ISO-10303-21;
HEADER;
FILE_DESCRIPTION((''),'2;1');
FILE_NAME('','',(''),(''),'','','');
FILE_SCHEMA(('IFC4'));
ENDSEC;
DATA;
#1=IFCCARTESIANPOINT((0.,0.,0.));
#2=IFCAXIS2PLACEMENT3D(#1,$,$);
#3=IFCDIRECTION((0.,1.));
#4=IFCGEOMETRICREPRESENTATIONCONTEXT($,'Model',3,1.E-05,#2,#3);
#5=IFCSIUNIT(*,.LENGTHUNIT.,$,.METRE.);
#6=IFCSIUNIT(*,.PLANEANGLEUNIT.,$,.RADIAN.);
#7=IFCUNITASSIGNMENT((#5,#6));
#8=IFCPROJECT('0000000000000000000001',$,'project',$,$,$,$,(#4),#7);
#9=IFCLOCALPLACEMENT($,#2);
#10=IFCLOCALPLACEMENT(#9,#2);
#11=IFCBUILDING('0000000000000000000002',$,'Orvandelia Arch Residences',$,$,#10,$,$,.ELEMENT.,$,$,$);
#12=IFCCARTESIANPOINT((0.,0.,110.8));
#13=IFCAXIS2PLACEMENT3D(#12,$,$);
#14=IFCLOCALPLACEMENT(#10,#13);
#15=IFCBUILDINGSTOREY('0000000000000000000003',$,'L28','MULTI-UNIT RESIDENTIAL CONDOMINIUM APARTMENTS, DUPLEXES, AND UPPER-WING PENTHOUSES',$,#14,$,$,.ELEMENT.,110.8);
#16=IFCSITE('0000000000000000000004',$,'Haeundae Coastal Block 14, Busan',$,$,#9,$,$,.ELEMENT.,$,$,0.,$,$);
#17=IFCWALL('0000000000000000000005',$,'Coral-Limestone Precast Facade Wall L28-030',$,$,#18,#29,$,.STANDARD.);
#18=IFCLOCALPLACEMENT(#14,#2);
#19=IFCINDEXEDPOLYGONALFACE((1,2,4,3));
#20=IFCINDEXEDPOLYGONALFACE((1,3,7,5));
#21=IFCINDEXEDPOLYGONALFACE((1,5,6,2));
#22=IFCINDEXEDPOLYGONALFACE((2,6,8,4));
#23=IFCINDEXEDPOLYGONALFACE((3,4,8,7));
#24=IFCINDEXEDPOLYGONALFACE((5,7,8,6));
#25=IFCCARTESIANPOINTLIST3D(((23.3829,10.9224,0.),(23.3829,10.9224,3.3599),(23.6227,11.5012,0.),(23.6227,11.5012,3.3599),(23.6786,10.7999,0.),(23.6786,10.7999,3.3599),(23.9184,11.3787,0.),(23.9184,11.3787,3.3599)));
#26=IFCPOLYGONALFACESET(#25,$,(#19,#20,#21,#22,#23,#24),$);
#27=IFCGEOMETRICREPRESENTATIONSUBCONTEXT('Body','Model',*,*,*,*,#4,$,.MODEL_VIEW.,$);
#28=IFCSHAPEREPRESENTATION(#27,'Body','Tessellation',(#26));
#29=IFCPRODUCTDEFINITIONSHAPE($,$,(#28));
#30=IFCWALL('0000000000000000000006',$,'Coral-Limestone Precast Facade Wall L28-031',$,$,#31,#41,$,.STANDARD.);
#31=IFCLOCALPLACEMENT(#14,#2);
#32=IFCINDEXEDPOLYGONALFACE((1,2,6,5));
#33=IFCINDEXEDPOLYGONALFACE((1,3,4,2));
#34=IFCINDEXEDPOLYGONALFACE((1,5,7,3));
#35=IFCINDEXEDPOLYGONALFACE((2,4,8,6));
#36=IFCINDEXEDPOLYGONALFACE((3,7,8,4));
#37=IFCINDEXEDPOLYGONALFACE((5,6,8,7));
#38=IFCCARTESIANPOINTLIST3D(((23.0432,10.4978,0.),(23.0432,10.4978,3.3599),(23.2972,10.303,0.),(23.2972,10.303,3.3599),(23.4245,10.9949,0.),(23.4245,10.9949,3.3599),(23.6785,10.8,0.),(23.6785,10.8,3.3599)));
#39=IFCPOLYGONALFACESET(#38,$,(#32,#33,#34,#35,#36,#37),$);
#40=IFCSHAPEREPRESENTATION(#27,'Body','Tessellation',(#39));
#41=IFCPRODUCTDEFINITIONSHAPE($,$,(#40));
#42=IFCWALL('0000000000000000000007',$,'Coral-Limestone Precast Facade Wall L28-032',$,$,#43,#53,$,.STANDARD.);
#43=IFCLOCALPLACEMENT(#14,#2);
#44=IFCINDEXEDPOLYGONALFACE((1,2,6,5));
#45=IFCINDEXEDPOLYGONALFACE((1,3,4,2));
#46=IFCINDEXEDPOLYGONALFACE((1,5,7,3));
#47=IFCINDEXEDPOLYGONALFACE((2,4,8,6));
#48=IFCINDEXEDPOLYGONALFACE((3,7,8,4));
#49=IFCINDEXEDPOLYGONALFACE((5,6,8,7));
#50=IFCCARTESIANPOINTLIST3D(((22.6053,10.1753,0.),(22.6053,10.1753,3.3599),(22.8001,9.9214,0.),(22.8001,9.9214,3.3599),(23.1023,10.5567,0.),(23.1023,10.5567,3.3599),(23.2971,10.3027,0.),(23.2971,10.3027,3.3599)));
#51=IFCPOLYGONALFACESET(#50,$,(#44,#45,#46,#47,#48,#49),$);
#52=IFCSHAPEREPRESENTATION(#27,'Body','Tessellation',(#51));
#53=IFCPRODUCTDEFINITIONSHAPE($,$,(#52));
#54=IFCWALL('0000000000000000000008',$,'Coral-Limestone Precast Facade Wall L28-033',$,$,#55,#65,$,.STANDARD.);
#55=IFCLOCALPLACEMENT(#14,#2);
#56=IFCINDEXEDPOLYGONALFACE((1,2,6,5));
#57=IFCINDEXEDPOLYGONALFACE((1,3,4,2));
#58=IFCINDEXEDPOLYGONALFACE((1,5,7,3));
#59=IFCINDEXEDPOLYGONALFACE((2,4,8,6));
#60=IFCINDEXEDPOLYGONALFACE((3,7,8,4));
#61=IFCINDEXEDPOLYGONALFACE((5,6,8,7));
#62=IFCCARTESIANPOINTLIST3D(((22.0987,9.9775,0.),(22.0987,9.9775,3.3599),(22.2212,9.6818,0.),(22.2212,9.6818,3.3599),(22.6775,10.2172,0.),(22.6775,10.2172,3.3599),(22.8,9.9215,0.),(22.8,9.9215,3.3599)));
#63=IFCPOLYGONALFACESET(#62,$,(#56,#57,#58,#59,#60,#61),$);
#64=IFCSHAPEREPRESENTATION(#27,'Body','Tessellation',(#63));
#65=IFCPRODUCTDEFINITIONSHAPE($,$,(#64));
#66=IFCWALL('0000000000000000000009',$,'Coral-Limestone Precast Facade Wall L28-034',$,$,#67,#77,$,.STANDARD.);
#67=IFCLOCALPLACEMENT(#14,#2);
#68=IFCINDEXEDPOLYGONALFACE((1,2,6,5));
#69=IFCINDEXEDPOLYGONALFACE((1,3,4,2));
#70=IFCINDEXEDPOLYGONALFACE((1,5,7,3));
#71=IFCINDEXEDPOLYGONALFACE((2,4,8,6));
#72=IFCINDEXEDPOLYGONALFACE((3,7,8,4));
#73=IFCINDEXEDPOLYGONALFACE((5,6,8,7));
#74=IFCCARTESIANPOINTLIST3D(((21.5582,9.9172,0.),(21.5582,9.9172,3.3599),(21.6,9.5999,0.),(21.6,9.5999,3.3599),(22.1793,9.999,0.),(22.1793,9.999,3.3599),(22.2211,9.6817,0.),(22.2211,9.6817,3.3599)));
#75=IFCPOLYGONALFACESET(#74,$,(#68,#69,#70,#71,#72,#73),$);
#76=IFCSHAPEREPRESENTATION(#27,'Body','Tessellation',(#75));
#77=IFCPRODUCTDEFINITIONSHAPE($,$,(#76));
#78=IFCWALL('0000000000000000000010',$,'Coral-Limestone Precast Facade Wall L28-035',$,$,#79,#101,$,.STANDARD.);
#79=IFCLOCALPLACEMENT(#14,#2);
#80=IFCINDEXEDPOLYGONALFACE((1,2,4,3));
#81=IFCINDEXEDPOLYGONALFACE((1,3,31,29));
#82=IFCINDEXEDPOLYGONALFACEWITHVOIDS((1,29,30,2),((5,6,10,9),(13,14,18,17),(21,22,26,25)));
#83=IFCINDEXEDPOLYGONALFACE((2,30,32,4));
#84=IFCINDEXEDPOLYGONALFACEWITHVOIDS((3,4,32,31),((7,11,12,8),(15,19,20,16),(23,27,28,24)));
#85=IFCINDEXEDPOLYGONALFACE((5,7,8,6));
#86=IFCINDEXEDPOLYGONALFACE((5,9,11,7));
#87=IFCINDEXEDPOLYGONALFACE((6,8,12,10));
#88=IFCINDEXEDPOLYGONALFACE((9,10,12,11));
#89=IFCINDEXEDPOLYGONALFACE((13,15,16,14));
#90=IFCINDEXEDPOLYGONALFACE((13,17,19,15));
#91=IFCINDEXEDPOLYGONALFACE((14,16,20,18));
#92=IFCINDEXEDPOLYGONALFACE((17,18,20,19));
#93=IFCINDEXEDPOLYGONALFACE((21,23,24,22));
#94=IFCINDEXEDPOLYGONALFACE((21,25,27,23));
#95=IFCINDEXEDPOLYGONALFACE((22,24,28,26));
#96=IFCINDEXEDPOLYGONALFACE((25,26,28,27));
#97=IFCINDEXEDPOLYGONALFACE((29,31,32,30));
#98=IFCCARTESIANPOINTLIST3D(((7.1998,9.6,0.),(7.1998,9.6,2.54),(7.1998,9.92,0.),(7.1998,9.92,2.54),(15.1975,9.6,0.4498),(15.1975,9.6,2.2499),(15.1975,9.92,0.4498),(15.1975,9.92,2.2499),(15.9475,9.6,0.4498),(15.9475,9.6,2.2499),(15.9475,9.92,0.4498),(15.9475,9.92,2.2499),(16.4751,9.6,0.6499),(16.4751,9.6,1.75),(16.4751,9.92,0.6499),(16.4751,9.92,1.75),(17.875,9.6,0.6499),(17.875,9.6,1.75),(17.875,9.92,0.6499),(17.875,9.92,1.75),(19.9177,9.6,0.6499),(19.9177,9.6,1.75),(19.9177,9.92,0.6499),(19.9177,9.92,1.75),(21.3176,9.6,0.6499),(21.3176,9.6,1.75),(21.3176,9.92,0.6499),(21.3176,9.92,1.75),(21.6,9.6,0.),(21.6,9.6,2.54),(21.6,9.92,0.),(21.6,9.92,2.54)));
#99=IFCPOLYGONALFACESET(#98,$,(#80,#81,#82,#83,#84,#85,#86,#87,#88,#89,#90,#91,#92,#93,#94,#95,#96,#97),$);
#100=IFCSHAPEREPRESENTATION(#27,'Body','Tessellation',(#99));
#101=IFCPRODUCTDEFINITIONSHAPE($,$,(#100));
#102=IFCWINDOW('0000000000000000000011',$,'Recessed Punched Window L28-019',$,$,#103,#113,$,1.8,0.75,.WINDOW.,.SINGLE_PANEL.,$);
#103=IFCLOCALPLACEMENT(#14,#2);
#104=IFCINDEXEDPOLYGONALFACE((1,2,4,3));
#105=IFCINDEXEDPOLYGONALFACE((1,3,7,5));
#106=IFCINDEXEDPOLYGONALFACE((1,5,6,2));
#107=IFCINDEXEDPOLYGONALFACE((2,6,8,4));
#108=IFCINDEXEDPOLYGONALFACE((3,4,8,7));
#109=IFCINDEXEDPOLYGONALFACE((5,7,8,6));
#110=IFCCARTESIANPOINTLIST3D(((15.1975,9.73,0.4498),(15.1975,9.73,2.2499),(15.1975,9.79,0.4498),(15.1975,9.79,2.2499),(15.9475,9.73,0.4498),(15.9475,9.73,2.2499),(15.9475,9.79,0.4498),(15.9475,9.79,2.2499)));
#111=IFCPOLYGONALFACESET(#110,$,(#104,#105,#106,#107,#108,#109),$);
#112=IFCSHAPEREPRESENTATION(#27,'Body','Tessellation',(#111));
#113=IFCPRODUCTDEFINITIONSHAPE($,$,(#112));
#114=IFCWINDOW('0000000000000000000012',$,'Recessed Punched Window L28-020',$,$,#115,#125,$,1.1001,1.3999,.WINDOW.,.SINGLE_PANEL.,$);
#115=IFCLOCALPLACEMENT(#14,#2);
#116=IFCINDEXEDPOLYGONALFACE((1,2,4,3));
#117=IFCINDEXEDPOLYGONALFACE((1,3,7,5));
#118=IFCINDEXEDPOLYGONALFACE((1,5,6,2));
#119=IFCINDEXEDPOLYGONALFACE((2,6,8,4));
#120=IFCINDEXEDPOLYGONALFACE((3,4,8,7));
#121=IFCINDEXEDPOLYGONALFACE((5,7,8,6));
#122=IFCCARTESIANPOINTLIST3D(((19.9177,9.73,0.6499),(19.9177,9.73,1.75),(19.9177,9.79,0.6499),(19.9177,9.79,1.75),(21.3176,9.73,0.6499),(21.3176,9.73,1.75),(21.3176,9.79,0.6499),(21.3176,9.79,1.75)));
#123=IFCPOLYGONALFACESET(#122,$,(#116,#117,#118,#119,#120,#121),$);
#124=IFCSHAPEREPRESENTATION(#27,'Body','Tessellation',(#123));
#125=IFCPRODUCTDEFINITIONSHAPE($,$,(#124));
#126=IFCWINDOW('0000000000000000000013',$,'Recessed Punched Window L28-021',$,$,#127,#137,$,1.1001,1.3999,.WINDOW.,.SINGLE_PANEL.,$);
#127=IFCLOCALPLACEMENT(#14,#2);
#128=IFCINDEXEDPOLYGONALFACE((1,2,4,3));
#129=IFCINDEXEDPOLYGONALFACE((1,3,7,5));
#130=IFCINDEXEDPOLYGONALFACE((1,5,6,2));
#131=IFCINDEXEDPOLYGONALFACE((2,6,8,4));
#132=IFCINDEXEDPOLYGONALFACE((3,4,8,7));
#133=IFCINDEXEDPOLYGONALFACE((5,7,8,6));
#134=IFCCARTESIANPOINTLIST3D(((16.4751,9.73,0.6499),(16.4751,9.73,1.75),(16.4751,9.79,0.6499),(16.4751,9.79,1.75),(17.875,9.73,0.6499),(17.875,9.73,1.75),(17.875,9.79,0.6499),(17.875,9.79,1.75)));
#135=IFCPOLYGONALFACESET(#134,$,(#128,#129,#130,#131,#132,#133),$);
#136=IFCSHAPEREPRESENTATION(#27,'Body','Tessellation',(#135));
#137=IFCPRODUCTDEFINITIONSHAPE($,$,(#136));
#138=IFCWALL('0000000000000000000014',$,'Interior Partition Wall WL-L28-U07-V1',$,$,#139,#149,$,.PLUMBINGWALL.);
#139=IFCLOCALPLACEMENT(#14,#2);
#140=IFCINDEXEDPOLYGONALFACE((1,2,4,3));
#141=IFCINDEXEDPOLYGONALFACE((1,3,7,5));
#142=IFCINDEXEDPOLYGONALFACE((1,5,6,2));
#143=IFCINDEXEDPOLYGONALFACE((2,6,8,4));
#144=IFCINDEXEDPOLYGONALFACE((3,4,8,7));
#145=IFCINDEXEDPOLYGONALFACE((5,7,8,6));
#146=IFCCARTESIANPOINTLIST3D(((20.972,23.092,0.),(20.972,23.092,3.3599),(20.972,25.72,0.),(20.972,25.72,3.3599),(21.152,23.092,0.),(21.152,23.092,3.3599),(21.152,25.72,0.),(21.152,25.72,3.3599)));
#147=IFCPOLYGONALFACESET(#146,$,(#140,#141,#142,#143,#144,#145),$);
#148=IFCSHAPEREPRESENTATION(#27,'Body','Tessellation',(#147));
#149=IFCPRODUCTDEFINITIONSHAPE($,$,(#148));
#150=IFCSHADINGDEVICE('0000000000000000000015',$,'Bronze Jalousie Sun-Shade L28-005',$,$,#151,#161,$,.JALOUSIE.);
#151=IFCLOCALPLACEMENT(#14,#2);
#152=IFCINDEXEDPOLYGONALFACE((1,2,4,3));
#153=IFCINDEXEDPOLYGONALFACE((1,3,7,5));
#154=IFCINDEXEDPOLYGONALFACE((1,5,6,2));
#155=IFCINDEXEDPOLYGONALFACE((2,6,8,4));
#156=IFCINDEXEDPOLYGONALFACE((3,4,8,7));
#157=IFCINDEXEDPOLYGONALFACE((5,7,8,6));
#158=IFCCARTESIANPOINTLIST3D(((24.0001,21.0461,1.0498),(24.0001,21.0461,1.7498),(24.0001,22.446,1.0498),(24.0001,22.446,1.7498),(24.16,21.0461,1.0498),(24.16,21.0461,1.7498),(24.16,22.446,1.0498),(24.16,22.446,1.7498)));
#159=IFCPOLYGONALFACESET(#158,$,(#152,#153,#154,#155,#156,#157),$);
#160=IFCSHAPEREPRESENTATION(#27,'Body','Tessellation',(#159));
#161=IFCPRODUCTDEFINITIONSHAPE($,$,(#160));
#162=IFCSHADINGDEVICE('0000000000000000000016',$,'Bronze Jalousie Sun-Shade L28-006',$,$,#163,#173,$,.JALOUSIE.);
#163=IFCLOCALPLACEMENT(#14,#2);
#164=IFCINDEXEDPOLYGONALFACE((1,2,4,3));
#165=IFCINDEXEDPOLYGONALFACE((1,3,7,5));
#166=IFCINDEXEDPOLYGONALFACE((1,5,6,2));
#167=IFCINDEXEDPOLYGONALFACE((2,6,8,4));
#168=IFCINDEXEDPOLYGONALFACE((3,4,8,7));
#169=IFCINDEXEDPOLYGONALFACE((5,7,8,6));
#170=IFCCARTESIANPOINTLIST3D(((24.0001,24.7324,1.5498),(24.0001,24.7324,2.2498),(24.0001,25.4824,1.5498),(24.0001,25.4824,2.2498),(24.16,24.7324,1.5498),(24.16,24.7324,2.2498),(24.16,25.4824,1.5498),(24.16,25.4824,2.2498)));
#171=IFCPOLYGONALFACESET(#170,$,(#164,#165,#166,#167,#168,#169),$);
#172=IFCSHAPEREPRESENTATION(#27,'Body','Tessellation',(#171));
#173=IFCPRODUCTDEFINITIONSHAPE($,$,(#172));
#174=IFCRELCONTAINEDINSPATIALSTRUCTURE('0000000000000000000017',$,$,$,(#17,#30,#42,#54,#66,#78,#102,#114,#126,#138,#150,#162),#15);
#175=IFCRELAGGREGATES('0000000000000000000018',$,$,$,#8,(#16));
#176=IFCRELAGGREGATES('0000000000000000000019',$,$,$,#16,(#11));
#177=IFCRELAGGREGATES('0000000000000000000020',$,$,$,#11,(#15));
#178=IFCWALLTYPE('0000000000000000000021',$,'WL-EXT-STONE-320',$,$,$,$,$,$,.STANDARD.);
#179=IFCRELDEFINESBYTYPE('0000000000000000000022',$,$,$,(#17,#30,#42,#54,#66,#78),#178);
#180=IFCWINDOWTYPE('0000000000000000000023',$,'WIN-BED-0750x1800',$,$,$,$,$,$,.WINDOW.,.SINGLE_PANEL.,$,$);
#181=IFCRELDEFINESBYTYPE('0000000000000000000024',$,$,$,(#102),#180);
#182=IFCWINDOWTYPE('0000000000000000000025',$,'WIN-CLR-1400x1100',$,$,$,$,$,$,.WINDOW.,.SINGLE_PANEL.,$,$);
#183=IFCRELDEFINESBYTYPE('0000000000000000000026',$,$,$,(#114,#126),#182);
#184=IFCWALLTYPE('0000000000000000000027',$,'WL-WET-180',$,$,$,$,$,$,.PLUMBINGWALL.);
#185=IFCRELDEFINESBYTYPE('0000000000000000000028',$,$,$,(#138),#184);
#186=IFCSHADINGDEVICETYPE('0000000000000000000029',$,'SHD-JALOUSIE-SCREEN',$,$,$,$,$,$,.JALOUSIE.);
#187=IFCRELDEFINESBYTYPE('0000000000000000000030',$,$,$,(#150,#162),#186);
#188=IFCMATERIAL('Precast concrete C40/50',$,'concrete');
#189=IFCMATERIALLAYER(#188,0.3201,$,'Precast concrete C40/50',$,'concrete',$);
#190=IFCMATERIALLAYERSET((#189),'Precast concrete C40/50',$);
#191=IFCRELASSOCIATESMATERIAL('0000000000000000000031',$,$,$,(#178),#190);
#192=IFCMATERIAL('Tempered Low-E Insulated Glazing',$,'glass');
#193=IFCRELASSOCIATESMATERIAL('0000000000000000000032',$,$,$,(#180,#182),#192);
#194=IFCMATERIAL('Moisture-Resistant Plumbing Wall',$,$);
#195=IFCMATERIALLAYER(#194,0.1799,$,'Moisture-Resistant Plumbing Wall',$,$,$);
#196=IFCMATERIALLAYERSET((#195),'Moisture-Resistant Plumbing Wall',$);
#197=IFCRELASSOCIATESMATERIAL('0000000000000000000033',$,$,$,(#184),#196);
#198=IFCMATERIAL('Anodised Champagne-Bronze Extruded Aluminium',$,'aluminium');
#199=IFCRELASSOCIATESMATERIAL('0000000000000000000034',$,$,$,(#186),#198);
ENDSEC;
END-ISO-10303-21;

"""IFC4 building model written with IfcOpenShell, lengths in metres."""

from ifc_helpers import new_model, si_unit, direction, frame, frame_2d, origin, origin_2d, place, context, subcontext, project, spatial, rectangle, extrude, material, layer, layer_set, type_object, element, fill, save


model = new_model("IFC4")

# Units and contexts
model_context = context("Model", 3, precision=1e-05, world=origin(), true_north=direction((0.0, 1.0)))
body_context = subcontext(model_context, "Body", "Model", "MODEL_VIEW")
ifc_project = project(units=[si_unit("LENGTHUNIT", "METRE"), si_unit("PLANEANGLEUNIT", "RADIAN")], contexts=[model_context])

# Site, building, storey
site_placement = place(None, origin())
site = spatial("IfcSite", under=ifc_project, at=site_placement, Name="Haeundae Coastal Block 14, Busan", CompositionType="ELEMENT", RefElevation=0.0)
building_placement = place(site_placement, origin())
building = spatial("IfcBuilding", under=site, at=building_placement, Name="Orvandelia Arch Residences", CompositionType="ELEMENT")
storey_placement = place(building_placement, frame((0.0, 0.0, 110.8)))
storey = spatial("IfcBuildingStorey", under=building, at=storey_placement, Name="L28", Description="MULTI-UNIT RESIDENTIAL CONDOMINIUM APARTMENTS, DUPLEXES, AND UPPER-WING PENTHOUSES", CompositionType="ELEMENT", Elevation=110.8)

# Walls
ifc_material_1 = material(Name="Precast concrete C40/50", Category="concrete")
ifc_layer_1 = layer(ifc_material_1, 0.3201, Name="Precast concrete C40/50", Category="concrete")
ifc_layer_set_1 = layer_set([ifc_layer_1], Name="Precast concrete C40/50")
wall_type_1 = type_object("IfcWallType", Name="WL-EXT-STONE-320", PredefinedType="STANDARD", material=ifc_layer_set_1)
for number, where, z_axis, x_axis, name in (
    (1, (23.7705, 11.4399, 0.0), (0.0, 0.0, 1.0), (-0.38265, -0.923893, 0.0), "Coral-Limestone Precast Facade Wall L28-030"),
    (2, (23.5515, 10.8975, 0.0), (0.0, 0.0, 1.0), (-0.608693, -0.793406, 0.0), "Coral-Limestone Precast Facade Wall L28-031"),
    (3, (23.1997, 10.4297, 0.0), (0.0, 0.0, 1.0), (-0.793406, -0.608693, 0.0), "Coral-Limestone Precast Facade Wall L28-032"),
    (4, (22.7388, 10.0693, 0.0), (0.0, 0.0, 1.0), (-0.923893, -0.38265, 0.0), "Coral-Limestone Precast Facade Wall L28-033"),
    (5, (22.2002, 9.8403, 0.0), (0.0, 0.0, 1.0), (-0.991441, -0.130555, 0.0), "Coral-Limestone Precast Facade Wall L28-034"),
):
    element("IfcWall", number, at=place(storey_placement, frame(where, z_axis=z_axis, x_axis=x_axis)), inside=storey, type_object=wall_type_1, Name=name, PredefinedType="STANDARD", context=body_context, shape_type="SweptSolid", body=[
        extrude(rectangle(XDim=0.6265, YDim=0.3201, at=frame_2d((0.3132, 0.0))), origin(), (0.0, 0.0, 1.0), 3.3599),
    ])

# Wall, openings, windows
wall_1_placement = place(storey_placement, frame((21.6001, 9.76, 0.0), z_axis=(0.0, 0.0, 1.0), x_axis=(-1.0, 0.0, 0.0)))
wall_1 = element("IfcWall", 6, at=wall_1_placement, inside=storey, type_object=wall_type_1, Name="Coral-Limestone Precast Facade Wall L28-035", PredefinedType="STANDARD", context=body_context, shape_type="SweptSolid", body=[
    extrude(rectangle(XDim=14.4001, YDim=0.3201, at=frame_2d((7.2002, 0.0))), origin(), (0.0, 0.0, 1.0), 2.54),
])
opening_1_placement = place(wall_1_placement, frame((5.6526, 0.0, 0.45)))
opening_1 = element("IfcOpeningElement", 7, at=opening_1_placement, cuts=wall_1, PredefinedType="OPENING", context=body_context, shape_type="SweptSolid", body=[
    extrude(rectangle(XDim=0.75, YDim=1.8, at=frame_2d((0.375, 0.8999))), frame((0.0, 0.1699, 0.0), z_axis=(0.0, -1.0, 0.0), x_axis=(1.0, 0.0, 0.0)), (0.0, 0.0, 1.0), 0.3401),
])
opening_2_placement = place(wall_1_placement, frame((0.2825, 0.0, 0.6499)))
opening_2 = element("IfcOpeningElement", 8, at=opening_2_placement, cuts=wall_1, PredefinedType="OPENING", context=body_context, shape_type="SweptSolid", body=[
    extrude(rectangle(XDim=1.3999, YDim=1.1001, at=frame_2d((0.7, 0.55))), frame((0.0, 0.1699, 0.0), z_axis=(0.0, -1.0, 0.0), x_axis=(1.0, 0.0, 0.0)), (0.0, 0.0, 1.0), 0.3401),
])
opening_3_placement = place(wall_1_placement, frame((3.7251, 0.0, 0.6499)))
opening_3 = element("IfcOpeningElement", 9, at=opening_3_placement, cuts=wall_1, PredefinedType="OPENING", context=body_context, shape_type="SweptSolid", body=[
    extrude(rectangle(XDim=1.3999, YDim=1.1001, at=frame_2d((0.7, 0.55))), frame((0.0, 0.1699, 0.0), z_axis=(0.0, -1.0, 0.0), x_axis=(1.0, 0.0, 0.0)), (0.0, 0.0, 1.0), 0.3401),
])
ifc_material_2 = material(Name="Tempered Low-E Insulated Glazing", Category="glass")
window_type_1 = type_object("IfcWindowType", Name="WIN-BED-0750x1800", PartitioningType="SINGLE_PANEL", PredefinedType="WINDOW", material=ifc_material_2)
window_1_placement = place(opening_1_placement, origin())
window_1 = element("IfcWindow", 10, at=window_1_placement, inside=storey, type_object=window_type_1, Name="Recessed Punched Window L28-019", OverallHeight=1.8, OverallWidth=0.75, PartitioningType="SINGLE_PANEL", PredefinedType="WINDOW", context=body_context, shape_type="SweptSolid", body=[
    extrude(rectangle(XDim=0.75, YDim=1.8, at=frame_2d((0.375, 0.8999))), frame((0.0, 0.03, 0.0), z_axis=(0.0, -1.0, 0.0), x_axis=(1.0, 0.0, 0.0)), (0.0, 0.0, 1.0), 0.0601),
])
fill(opening_1, window_1)
window_type_2 = type_object("IfcWindowType", Name="WIN-CLR-1400x1100", PartitioningType="SINGLE_PANEL", PredefinedType="WINDOW", material=ifc_material_2)
window_2_placement = place(opening_2_placement, origin())
window_2 = element("IfcWindow", 11, at=window_2_placement, inside=storey, type_object=window_type_2, Name="Recessed Punched Window L28-020", OverallHeight=1.1001, OverallWidth=1.3999, PartitioningType="SINGLE_PANEL", PredefinedType="WINDOW", context=body_context, shape_type="SweptSolid", body=[
    extrude(rectangle(XDim=1.3999, YDim=1.1001, at=frame_2d((0.7, 0.55))), frame((0.0, 0.03, 0.0), z_axis=(0.0, -1.0, 0.0), x_axis=(1.0, 0.0, 0.0)), (0.0, 0.0, 1.0), 0.0601),
])
fill(opening_2, window_2)
window_3_placement = place(opening_3_placement, origin())
window_3 = element("IfcWindow", 12, at=window_3_placement, inside=storey, type_object=window_type_2, Name="Recessed Punched Window L28-021", OverallHeight=1.1001, OverallWidth=1.3999, PartitioningType="SINGLE_PANEL", PredefinedType="WINDOW", context=body_context, shape_type="SweptSolid", body=[
    extrude(rectangle(XDim=1.3999, YDim=1.1001, at=frame_2d((0.7, 0.55))), frame((0.0, 0.03, 0.0), z_axis=(0.0, -1.0, 0.0), x_axis=(1.0, 0.0, 0.0)), (0.0, 0.0, 1.0), 0.0601),
])
fill(opening_3, window_3)

# Wall
ifc_material_3 = material(Name="Moisture-Resistant Plumbing Wall")
ifc_layer_2 = layer(ifc_material_3, 0.1799, Name="Moisture-Resistant Plumbing Wall")
ifc_layer_set_2 = layer_set([ifc_layer_2], Name="Moisture-Resistant Plumbing Wall")
wall_type_2 = type_object("IfcWallType", Name="WL-WET-180", PredefinedType="PLUMBINGWALL", material=ifc_layer_set_2)
wall_2_placement = place(storey_placement, frame((21.062, 23.092, 0.0), z_axis=(0.0, 0.0, 1.0), x_axis=(0.0, 1.0, 0.0)))
element("IfcWall", 13, at=wall_2_placement, inside=storey, type_object=wall_type_2, Name="Interior Partition Wall WL-L28-U07-V1", PredefinedType="PLUMBINGWALL", context=body_context, shape_type="SweptSolid", body=[
    extrude(rectangle(XDim=2.6279, YDim=0.1799, at=frame_2d((1.314, 0.0))), origin(), (0.0, 0.0, 1.0), 3.3599),
])

# Shading devices
ifc_material_4 = material(Name="Anodised Champagne-Bronze Extruded Aluminium", Category="aluminium")
shading_device_type = type_object("IfcShadingDeviceType", Name="SHD-JALOUSIE-SCREEN", PredefinedType="JALOUSIE", material=ifc_material_4)
shading_device_1_placement = place(storey_placement, frame((24.0801, 21.7461, 1.0498), z_axis=(0.0, 0.0, 1.0), x_axis=(0.0, -1.0, 0.0)))
element("IfcShadingDevice", 14, at=shading_device_1_placement, inside=storey, type_object=shading_device_type, Name="Bronze Jalousie Sun-Shade L28-005", PredefinedType="JALOUSIE", context=body_context, shape_type="SweptSolid", body=[
    extrude(rectangle(XDim=1.3999, YDim=0.1599, at=origin_2d()), origin(), (0.0, 0.0, 1.0), 0.7),
])
shading_device_2_placement = place(storey_placement, frame((24.0801, 25.1074, 1.5498), z_axis=(0.0, 0.0, 1.0), x_axis=(0.0, -1.0, 0.0)))
element("IfcShadingDevice", 15, at=shading_device_2_placement, inside=storey, type_object=shading_device_type, Name="Bronze Jalousie Sun-Shade L28-006", PredefinedType="JALOUSIE", context=body_context, shape_type="SweptSolid", body=[
    extrude(rectangle(XDim=0.75, YDim=0.1599, at=origin_2d()), origin(), (0.0, 0.0, 1.0), 0.7),
])

save(model, "model.ifc")
